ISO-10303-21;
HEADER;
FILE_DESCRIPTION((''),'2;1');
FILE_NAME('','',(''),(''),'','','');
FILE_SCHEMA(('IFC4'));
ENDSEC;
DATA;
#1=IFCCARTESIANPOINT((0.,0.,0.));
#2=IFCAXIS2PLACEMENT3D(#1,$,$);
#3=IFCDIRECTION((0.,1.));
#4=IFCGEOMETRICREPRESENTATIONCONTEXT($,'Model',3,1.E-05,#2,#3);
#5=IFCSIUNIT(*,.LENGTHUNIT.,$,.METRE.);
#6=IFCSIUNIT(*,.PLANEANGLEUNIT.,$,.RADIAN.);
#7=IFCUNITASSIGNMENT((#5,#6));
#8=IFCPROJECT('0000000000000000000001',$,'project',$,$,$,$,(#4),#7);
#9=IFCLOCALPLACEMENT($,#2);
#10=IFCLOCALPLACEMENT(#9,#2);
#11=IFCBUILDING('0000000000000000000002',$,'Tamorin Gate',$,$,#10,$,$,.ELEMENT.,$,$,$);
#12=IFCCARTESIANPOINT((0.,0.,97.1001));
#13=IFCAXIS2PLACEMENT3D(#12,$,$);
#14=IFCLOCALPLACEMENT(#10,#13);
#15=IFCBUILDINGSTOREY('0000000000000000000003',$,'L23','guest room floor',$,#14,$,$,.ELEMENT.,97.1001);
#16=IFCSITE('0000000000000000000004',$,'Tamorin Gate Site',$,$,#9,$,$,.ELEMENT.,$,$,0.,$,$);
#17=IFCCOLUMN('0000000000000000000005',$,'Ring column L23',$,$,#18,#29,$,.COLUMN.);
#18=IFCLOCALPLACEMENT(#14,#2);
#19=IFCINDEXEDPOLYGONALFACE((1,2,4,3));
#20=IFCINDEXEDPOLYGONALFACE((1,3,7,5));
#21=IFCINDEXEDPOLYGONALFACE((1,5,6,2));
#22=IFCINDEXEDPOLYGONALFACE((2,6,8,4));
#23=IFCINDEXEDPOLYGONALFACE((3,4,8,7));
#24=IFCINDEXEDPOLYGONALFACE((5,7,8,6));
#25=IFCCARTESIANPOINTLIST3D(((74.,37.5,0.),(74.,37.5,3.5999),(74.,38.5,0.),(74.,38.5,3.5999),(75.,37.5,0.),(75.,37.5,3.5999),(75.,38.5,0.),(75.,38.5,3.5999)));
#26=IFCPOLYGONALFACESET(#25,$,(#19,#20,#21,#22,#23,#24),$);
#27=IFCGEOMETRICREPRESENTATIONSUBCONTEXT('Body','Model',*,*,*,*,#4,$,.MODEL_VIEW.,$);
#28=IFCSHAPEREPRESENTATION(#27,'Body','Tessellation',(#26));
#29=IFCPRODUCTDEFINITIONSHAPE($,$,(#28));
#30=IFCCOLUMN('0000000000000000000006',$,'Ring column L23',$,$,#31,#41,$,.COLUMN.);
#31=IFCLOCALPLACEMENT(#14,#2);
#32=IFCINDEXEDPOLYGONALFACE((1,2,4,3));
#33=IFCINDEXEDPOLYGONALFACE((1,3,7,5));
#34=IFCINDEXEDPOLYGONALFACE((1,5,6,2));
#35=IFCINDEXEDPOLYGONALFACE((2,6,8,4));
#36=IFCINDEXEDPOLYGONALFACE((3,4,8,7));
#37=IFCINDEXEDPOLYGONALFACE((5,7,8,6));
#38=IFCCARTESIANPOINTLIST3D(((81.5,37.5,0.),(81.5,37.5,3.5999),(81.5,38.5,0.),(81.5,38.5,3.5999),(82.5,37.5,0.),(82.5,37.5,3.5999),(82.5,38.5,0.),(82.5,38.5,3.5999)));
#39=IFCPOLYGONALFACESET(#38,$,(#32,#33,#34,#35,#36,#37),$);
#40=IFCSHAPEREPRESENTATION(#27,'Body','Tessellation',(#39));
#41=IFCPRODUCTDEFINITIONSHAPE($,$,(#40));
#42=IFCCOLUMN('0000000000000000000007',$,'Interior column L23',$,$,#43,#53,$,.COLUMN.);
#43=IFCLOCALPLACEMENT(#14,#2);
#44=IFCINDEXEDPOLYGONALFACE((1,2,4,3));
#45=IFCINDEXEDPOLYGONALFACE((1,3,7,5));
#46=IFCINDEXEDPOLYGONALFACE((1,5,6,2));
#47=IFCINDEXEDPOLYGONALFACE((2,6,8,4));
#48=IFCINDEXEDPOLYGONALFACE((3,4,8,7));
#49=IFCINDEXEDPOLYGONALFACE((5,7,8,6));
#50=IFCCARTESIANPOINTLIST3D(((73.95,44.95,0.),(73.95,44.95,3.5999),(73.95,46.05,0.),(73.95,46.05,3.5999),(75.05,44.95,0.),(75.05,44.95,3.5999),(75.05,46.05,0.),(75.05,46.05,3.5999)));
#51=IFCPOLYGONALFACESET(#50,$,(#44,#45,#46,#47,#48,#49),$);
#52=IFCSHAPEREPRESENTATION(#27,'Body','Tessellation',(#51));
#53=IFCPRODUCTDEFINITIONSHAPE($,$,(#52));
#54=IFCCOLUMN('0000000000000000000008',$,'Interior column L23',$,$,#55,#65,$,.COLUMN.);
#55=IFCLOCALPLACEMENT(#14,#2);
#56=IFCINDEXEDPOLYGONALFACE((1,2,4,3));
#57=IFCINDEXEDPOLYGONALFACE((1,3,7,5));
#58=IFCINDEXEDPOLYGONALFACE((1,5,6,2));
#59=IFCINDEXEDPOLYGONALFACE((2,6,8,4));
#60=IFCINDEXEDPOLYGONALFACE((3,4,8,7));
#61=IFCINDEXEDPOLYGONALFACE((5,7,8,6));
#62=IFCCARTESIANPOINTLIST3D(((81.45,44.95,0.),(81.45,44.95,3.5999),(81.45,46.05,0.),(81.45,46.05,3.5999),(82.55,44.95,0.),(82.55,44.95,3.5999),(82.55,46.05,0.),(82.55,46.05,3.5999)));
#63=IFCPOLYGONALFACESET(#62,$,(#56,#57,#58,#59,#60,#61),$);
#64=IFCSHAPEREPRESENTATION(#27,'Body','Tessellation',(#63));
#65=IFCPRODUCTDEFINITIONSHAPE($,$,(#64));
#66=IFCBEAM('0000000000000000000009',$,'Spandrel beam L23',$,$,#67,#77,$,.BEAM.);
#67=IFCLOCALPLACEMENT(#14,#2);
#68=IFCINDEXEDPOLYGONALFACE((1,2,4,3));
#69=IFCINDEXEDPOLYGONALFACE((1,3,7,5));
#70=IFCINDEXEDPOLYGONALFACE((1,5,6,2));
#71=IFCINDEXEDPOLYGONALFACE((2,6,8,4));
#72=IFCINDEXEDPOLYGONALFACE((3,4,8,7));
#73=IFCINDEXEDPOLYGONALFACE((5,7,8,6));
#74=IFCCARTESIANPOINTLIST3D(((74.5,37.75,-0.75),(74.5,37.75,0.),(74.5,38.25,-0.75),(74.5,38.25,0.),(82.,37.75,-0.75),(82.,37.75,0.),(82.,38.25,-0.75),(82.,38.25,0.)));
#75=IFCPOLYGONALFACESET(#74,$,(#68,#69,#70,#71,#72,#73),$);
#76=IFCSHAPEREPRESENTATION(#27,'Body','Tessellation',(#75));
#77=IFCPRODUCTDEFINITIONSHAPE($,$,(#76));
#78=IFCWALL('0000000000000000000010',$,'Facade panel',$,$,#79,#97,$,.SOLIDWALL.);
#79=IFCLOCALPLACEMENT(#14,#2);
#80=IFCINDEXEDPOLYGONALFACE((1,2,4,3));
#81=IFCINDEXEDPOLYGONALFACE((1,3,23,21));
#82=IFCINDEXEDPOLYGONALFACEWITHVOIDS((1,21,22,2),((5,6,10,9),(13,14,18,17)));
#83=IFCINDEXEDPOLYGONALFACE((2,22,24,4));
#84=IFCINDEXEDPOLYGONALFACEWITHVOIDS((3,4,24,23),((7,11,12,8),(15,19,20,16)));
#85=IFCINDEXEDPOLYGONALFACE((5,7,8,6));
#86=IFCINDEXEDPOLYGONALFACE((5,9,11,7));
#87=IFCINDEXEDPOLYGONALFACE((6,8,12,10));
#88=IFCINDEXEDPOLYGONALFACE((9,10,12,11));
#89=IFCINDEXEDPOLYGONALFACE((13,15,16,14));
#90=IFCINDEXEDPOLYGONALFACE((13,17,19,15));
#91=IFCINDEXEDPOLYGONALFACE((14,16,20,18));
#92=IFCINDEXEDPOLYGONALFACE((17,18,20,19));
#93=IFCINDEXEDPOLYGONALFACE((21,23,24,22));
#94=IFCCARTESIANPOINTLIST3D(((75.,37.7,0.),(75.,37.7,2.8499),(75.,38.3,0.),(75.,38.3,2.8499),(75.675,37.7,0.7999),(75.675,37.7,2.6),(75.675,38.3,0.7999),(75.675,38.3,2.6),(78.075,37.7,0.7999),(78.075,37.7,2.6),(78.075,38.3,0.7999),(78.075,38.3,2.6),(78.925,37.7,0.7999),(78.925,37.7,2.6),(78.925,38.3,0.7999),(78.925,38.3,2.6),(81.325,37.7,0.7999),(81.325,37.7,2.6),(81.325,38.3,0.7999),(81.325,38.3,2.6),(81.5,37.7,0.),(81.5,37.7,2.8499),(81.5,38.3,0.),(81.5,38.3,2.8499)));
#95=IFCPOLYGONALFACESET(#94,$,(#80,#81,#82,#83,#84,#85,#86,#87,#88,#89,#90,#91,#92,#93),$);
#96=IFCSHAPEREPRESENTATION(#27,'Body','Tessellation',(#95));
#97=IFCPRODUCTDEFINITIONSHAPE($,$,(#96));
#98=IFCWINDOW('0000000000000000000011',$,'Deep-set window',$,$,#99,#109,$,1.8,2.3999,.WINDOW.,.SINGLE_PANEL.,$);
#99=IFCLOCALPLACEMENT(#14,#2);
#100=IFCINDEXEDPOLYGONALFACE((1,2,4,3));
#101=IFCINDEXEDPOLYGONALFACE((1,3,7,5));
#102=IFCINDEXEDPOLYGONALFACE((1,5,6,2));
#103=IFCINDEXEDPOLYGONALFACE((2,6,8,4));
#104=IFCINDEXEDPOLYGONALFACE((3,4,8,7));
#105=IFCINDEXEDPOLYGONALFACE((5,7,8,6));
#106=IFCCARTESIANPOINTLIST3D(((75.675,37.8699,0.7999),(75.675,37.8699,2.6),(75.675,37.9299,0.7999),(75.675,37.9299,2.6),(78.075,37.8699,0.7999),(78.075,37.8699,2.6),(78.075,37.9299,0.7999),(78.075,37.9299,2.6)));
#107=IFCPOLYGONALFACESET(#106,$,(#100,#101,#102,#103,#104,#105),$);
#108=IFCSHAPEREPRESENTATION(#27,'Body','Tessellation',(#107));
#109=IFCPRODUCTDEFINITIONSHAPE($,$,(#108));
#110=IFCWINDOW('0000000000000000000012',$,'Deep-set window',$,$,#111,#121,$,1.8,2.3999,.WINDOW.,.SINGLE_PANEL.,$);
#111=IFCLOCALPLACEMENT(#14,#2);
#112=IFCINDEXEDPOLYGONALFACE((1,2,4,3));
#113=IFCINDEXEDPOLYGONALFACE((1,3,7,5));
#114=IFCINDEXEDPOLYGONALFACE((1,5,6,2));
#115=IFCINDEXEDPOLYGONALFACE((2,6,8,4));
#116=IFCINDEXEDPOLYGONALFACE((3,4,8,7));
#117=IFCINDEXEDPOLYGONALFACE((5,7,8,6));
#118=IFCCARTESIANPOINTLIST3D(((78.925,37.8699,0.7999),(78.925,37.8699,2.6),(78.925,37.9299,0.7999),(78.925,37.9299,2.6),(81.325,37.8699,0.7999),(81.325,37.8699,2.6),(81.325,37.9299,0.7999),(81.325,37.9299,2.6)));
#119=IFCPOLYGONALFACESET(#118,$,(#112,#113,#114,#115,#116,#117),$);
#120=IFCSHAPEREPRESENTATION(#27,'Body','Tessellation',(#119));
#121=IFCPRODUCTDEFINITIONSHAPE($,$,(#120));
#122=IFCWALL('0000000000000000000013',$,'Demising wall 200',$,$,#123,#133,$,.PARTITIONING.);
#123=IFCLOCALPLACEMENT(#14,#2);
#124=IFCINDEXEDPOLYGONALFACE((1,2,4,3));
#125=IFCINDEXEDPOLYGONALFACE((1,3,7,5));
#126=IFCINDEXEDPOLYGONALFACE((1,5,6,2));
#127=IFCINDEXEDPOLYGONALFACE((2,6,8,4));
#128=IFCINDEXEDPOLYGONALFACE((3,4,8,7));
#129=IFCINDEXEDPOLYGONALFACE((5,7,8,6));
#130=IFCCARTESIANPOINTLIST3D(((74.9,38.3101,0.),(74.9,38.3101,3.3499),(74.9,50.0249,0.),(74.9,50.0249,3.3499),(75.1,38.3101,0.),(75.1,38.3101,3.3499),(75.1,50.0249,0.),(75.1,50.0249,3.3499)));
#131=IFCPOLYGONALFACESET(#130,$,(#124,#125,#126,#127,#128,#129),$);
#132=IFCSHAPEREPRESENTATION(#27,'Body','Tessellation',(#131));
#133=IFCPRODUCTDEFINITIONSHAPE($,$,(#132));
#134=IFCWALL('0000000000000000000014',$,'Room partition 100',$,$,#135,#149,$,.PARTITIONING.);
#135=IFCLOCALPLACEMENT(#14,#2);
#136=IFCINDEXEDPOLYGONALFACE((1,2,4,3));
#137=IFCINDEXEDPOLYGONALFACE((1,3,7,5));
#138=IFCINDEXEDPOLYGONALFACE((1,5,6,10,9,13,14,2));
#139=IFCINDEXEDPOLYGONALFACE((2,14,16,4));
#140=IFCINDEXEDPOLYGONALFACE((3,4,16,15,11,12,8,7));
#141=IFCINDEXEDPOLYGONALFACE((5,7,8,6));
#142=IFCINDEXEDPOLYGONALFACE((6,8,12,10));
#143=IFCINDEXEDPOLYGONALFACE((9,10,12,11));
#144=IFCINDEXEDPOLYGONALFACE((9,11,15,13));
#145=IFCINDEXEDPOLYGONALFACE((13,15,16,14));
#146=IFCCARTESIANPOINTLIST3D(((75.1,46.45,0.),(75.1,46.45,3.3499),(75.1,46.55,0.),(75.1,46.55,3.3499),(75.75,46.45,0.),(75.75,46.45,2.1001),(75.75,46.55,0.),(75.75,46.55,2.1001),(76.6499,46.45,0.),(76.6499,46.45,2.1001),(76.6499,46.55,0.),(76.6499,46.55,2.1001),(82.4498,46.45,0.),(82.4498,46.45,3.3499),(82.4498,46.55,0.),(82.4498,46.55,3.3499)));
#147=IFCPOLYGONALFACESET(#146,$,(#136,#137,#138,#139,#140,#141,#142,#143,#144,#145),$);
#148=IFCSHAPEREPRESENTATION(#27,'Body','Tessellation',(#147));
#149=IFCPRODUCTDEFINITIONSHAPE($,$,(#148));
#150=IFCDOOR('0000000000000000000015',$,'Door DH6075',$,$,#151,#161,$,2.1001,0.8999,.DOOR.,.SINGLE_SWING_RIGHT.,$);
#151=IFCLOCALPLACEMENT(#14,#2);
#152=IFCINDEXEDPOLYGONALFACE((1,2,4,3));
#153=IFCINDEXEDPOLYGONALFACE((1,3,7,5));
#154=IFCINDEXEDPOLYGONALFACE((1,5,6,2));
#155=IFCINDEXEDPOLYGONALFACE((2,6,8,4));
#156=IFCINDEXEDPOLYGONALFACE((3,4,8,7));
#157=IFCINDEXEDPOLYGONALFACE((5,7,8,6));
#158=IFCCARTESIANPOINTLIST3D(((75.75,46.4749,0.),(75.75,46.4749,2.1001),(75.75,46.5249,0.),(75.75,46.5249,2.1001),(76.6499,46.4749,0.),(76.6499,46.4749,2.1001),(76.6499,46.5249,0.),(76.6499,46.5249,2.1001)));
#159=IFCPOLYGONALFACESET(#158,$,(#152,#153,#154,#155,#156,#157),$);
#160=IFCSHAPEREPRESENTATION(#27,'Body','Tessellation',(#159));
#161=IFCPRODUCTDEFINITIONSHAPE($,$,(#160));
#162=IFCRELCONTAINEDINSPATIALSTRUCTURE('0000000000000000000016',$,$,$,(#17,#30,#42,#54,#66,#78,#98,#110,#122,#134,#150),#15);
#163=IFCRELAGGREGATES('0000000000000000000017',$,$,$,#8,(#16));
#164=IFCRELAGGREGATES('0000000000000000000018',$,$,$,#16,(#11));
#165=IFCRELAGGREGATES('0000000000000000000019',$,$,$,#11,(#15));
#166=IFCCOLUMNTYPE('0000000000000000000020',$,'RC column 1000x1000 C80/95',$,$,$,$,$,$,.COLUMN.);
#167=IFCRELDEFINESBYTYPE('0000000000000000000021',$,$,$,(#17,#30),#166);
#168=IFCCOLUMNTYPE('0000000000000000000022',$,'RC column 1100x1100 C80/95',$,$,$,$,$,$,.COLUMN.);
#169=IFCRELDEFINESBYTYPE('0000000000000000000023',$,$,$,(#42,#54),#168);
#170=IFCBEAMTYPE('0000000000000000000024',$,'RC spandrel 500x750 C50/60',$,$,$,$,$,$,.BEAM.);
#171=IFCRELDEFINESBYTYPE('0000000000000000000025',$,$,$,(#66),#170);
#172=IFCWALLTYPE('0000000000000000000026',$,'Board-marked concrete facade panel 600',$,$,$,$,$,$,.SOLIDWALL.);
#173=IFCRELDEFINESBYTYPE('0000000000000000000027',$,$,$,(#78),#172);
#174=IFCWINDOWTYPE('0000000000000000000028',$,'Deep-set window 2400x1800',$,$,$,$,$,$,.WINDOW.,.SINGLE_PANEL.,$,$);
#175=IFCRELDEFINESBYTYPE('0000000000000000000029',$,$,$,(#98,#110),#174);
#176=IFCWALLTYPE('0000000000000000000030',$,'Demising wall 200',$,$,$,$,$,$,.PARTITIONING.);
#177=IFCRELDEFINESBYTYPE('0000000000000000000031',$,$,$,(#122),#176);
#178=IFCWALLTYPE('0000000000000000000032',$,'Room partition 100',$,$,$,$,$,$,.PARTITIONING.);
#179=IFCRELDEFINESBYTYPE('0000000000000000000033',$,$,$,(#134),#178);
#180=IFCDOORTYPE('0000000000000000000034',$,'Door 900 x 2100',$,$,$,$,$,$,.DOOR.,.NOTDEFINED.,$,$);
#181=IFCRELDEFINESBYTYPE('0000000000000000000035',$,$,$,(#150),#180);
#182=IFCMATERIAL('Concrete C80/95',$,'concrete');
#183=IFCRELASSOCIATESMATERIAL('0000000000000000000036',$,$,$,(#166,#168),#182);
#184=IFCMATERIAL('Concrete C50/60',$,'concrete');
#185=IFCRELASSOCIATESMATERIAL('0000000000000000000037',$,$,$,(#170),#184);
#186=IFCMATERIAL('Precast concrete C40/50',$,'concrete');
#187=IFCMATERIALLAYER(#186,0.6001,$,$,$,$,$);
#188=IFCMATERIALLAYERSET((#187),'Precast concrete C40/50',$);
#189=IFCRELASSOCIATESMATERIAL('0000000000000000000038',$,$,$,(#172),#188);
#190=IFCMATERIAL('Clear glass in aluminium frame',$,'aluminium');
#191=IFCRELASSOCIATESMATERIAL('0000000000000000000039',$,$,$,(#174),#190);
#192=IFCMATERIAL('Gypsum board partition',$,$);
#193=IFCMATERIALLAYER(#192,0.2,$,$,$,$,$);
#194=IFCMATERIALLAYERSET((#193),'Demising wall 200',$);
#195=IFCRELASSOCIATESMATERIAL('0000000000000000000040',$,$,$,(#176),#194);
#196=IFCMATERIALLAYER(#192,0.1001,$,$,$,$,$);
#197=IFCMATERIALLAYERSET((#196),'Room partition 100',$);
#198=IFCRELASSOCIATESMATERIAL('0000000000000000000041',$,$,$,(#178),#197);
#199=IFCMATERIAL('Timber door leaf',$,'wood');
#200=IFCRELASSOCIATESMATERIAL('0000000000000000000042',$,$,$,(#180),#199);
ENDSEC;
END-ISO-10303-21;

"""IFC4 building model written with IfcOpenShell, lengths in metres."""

from ifc_helpers import new_model, si_unit, direction, frame, frame_2d, origin, origin_2d, place, context, subcontext, project, spatial, rectangle, extrude, material, layer, layer_set, material_profile, profile_set, type_object, element, fill, save


model = new_model("IFC4")

# Units and contexts
model_context = context("Model", 3, precision=1e-05, world=origin(), true_north=direction((0.0, 1.0)))
body_context = subcontext(model_context, "Body", "Model", "MODEL_VIEW")
ifc_project = project(units=[si_unit("LENGTHUNIT", "METRE"), si_unit("PLANEANGLEUNIT", "RADIAN")], contexts=[model_context])

# Site, building, storey
site_placement = place(None, origin())
site = spatial("IfcSite", under=ifc_project, at=site_placement, Name="Tamorin Gate Site", CompositionType="ELEMENT", RefElevation=0.0)
building_placement = place(site_placement, origin())
building = spatial("IfcBuilding", under=site, at=building_placement, Name="Tamorin Gate", CompositionType="ELEMENT")
storey_placement = place(building_placement, frame((0.0, 0.0, 97.1001)))
storey = spatial("IfcBuildingStorey", under=building, at=storey_placement, Name="L23", Description="guest room floor", CompositionType="ELEMENT", Elevation=97.1001)

# Columns
ifc_material_1 = material(Name="Concrete C80/95", Category="concrete")
ifc_material_profile_1 = material_profile(ifc_material_1, rectangle(XDim=1.0, YDim=1.0, at=origin_2d()), Name="RC 1000x1000")
ifc_profile_set_1 = profile_set([ifc_material_profile_1], Name="Concrete C80/95")
column_type_1 = type_object("IfcColumnType", Name="RC column 1000x1000 C80/95", PredefinedType="COLUMN", material=ifc_profile_set_1)
for number, where, z_axis, x_axis, name in (
    (1, (74.5, 38.0, 0.0), (0.0, 0.0, 1.0), (1.0, 0.0, 0.0), "Ring column L23"),
    (2, (82.0, 38.0, 0.0), (0.0, 0.0, 1.0), (1.0, 0.0, 0.0), "Ring column L23"),
):
    element("IfcColumn", number, at=place(storey_placement, frame(where, z_axis=z_axis, x_axis=x_axis)), inside=storey, type_object=column_type_1, Name=name, PredefinedType="COLUMN", context=body_context, shape_type="SweptSolid", body=[
        extrude(rectangle(XDim=1.0, YDim=1.0, at=origin_2d()), origin(), (0.0, 0.0, 1.0), 3.5999),
    ])
ifc_material_profile_2 = material_profile(ifc_material_1, rectangle(XDim=1.1001, YDim=1.1001, at=origin_2d()), Name="RC 1100x1100")
ifc_profile_set_2 = profile_set([ifc_material_profile_2], Name="Concrete C80/95")
column_type_2 = type_object("IfcColumnType", Name="RC column 1100x1100 C80/95", PredefinedType="COLUMN", material=ifc_profile_set_2)
for number, where, z_axis, x_axis, name in (
    (3, (74.5, 45.5, 0.0), (0.0, 0.0, 1.0), (1.0, 0.0, 0.0), "Interior column L23"),
    (4, (82.0, 45.5, 0.0), (0.0, 0.0, 1.0), (1.0, 0.0, 0.0), "Interior column L23"),
):
    element("IfcColumn", number, at=place(storey_placement, frame(where, z_axis=z_axis, x_axis=x_axis)), inside=storey, type_object=column_type_2, Name=name, PredefinedType="COLUMN", context=body_context, shape_type="SweptSolid", body=[
        extrude(rectangle(XDim=1.1001, YDim=1.1001, at=origin_2d()), origin(), (0.0, 0.0, 1.0), 3.5999),
    ])

# Beam
ifc_material_2 = material(Name="Concrete C50/60", Category="concrete")
ifc_material_profile_3 = material_profile(ifc_material_2, rectangle(XDim=0.5, YDim=0.75, at=origin_2d()), Name="RC 500x750")
ifc_profile_set_3 = profile_set([ifc_material_profile_3], Name="Concrete C50/60")
beam_type = type_object("IfcBeamType", Name="RC spandrel 500x750 C50/60", PredefinedType="BEAM", material=ifc_profile_set_3)
beam_placement = place(storey_placement, frame((74.5, 38.0, -0.375), z_axis=(1.0, 0.0, 0.0), x_axis=(0.0, 1.0, 0.0)))
element("IfcBeam", 5, at=beam_placement, inside=storey, type_object=beam_type, Name="Spandrel beam L23", PredefinedType="BEAM", context=body_context, shape_type="SweptSolid", body=[
    extrude(rectangle(XDim=0.5, YDim=0.75, at=origin_2d()), origin(), (0.0, 0.0, 1.0), 7.5),
])

# Wall, openings, windows
ifc_material_3 = material(Name="Precast concrete C40/50", Category="concrete")
ifc_layer_1 = layer(ifc_material_3, 0.6001)
ifc_layer_set_1 = layer_set([ifc_layer_1], Name="Precast concrete C40/50")
wall_type_1 = type_object("IfcWallType", Name="Board-marked concrete facade panel 600", PredefinedType="SOLIDWALL", material=ifc_layer_set_1)
wall_1_placement = place(storey_placement, frame((75.0, 38.0, 0.0), z_axis=(0.0, 0.0, 1.0), x_axis=(1.0, 0.0, 0.0)))
wall_1 = element("IfcWall", 6, at=wall_1_placement, inside=storey, type_object=wall_type_1, Name="Facade panel", PredefinedType="SOLIDWALL", context=body_context, shape_type="SweptSolid", body=[
    extrude(rectangle(XDim=6.5, YDim=0.6001, at=frame_2d((3.25, 0.0))), origin(), (0.0, 0.0, 1.0), 2.8499),
])
opening_1_placement = place(wall_1_placement, frame((0.675, 0.0, 0.8)))
opening_1 = element("IfcOpeningElement", 7, at=opening_1_placement, cuts=wall_1, PredefinedType="OPENING", context=body_context, shape_type="SweptSolid", body=[
    extrude(rectangle(XDim=2.3999, YDim=1.8, at=frame_2d((1.2, 0.8999))), frame((0.0, 0.3101, 0.0), z_axis=(0.0, -1.0, 0.0), x_axis=(1.0, 0.0, 0.0)), (0.0, 0.0, 1.0), 0.6201),
])
opening_2_placement = place(wall_1_placement, frame((3.925, 0.0, 0.8)))
opening_2 = element("IfcOpeningElement", 8, at=opening_2_placement, cuts=wall_1, PredefinedType="OPENING", context=body_context, shape_type="SweptSolid", body=[
    extrude(rectangle(XDim=2.3999, YDim=1.8, at=frame_2d((1.2, 0.8999))), frame((0.0, 0.3101, 0.0), z_axis=(0.0, -1.0, 0.0), x_axis=(1.0, 0.0, 0.0)), (0.0, 0.0, 1.0), 0.6201),
])
ifc_material_4 = material(Name="Clear glass in aluminium frame", Category="aluminium")
window_type = type_object("IfcWindowType", Name="Deep-set window 2400x1800", PartitioningType="SINGLE_PANEL", PredefinedType="WINDOW", material=ifc_material_4)
window_1_placement = place(opening_1_placement, origin())
window_1 = element("IfcWindow", 9, at=window_1_placement, inside=storey, type_object=window_type, Name="Deep-set window", OverallHeight=1.8, OverallWidth=2.3999, PartitioningType="SINGLE_PANEL", PredefinedType="WINDOW", context=body_context, shape_type="SweptSolid", body=[
    extrude(rectangle(XDim=2.3999, YDim=1.8, at=frame_2d((1.2, 0.8999))), frame((0.0, -0.0701, 0.0), z_axis=(0.0, -1.0, 0.0), x_axis=(1.0, 0.0, 0.0)), (0.0, 0.0, 1.0), 0.0601),
])
fill(opening_1, window_1)
window_2_placement = place(opening_2_placement, origin())
window_2 = element("IfcWindow", 10, at=window_2_placement, inside=storey, type_object=window_type, Name="Deep-set window", OverallHeight=1.8, OverallWidth=2.3999, PartitioningType="SINGLE_PANEL", PredefinedType="WINDOW", context=body_context, shape_type="SweptSolid", body=[
    extrude(rectangle(XDim=2.3999, YDim=1.8, at=frame_2d((1.2, 0.8999))), frame((0.0, -0.0701, 0.0), z_axis=(0.0, -1.0, 0.0), x_axis=(1.0, 0.0, 0.0)), (0.0, 0.0, 1.0), 0.0601),
])
fill(opening_2, window_2)

# Wall
ifc_material_5 = material(Name="Gypsum board partition")
ifc_layer_2 = layer(ifc_material_5, 0.2)
ifc_layer_set_2 = layer_set([ifc_layer_2], Name="Demising wall 200")
wall_type_2 = type_object("IfcWallType", Name="Demising wall 200", PredefinedType="PARTITIONING", material=ifc_layer_set_2)
wall_2_placement = place(storey_placement, frame((75.0, 38.3101, 0.0), z_axis=(0.0, 0.0, 1.0), x_axis=(0.0, 1.0, 0.0)))
element("IfcWall", 11, at=wall_2_placement, inside=storey, type_object=wall_type_2, Name="Demising wall 200", PredefinedType="PARTITIONING", context=body_context, shape_type="SweptSolid", body=[
    extrude(rectangle(XDim=11.7148, YDim=0.2, at=frame_2d((5.8574, 0.0))), origin(), (0.0, 0.0, 1.0), 3.3499),
])

# Wall, opening, door
ifc_layer_3 = layer(ifc_material_5, 0.1001)
ifc_layer_set_3 = layer_set([ifc_layer_3], Name="Room partition 100")
wall_type_3 = type_object("IfcWallType", Name="Room partition 100", PredefinedType="PARTITIONING", material=ifc_layer_set_3)
wall_3_placement = place(storey_placement, frame((75.1001, 46.5, 0.0), z_axis=(0.0, 0.0, 1.0), x_axis=(1.0, 0.0, 0.0)))
wall_3 = element("IfcWall", 12, at=wall_3_placement, inside=storey, type_object=wall_type_3, Name="Room partition 100", PredefinedType="PARTITIONING", context=body_context, shape_type="SweptSolid", body=[
    extrude(rectangle(XDim=7.3499, YDim=0.1001, at=frame_2d((3.6748, 0.0))), origin(), (0.0, 0.0, 1.0), 3.3499),
])
opening_3_placement = place(wall_3_placement, frame((0.6499, 0.0, 0.0)))
opening_3 = element("IfcOpeningElement", 13, at=opening_3_placement, cuts=wall_3, PredefinedType="OPENING", context=body_context, shape_type="SweptSolid", body=[
    extrude(rectangle(XDim=0.8999, YDim=2.1001, at=frame_2d((0.45, 1.05))), frame((0.0, 0.0601, 0.0), z_axis=(0.0, -1.0, 0.0), x_axis=(1.0, 0.0, 0.0)), (0.0, 0.0, 1.0), 0.1201),
])
ifc_material_6 = material(Name="Timber door leaf", Category="wood")
door_type = type_object("IfcDoorType", Name="Door 900 x 2100", OperationType="NOTDEFINED", PredefinedType="DOOR", material=ifc_material_6)
door_1_placement = place(opening_3_placement, origin())
door_1 = element("IfcDoor", 14, at=door_1_placement, inside=storey, type_object=door_type, Name="Door DH6075", OperationType="SINGLE_SWING_RIGHT", OverallHeight=2.1001, OverallWidth=0.8999, PredefinedType="DOOR", context=body_context, shape_type="SweptSolid", body=[
    extrude(rectangle(XDim=0.8999, YDim=2.1001, at=frame_2d((0.45, 1.05))), frame((0.0, 0.0249, 0.0), z_axis=(0.0, -1.0, 0.0), x_axis=(1.0, 0.0, 0.0)), (0.0, 0.0, 1.0), 0.05),
])
fill(opening_3, door_1)

save(model, "model.ifc")
